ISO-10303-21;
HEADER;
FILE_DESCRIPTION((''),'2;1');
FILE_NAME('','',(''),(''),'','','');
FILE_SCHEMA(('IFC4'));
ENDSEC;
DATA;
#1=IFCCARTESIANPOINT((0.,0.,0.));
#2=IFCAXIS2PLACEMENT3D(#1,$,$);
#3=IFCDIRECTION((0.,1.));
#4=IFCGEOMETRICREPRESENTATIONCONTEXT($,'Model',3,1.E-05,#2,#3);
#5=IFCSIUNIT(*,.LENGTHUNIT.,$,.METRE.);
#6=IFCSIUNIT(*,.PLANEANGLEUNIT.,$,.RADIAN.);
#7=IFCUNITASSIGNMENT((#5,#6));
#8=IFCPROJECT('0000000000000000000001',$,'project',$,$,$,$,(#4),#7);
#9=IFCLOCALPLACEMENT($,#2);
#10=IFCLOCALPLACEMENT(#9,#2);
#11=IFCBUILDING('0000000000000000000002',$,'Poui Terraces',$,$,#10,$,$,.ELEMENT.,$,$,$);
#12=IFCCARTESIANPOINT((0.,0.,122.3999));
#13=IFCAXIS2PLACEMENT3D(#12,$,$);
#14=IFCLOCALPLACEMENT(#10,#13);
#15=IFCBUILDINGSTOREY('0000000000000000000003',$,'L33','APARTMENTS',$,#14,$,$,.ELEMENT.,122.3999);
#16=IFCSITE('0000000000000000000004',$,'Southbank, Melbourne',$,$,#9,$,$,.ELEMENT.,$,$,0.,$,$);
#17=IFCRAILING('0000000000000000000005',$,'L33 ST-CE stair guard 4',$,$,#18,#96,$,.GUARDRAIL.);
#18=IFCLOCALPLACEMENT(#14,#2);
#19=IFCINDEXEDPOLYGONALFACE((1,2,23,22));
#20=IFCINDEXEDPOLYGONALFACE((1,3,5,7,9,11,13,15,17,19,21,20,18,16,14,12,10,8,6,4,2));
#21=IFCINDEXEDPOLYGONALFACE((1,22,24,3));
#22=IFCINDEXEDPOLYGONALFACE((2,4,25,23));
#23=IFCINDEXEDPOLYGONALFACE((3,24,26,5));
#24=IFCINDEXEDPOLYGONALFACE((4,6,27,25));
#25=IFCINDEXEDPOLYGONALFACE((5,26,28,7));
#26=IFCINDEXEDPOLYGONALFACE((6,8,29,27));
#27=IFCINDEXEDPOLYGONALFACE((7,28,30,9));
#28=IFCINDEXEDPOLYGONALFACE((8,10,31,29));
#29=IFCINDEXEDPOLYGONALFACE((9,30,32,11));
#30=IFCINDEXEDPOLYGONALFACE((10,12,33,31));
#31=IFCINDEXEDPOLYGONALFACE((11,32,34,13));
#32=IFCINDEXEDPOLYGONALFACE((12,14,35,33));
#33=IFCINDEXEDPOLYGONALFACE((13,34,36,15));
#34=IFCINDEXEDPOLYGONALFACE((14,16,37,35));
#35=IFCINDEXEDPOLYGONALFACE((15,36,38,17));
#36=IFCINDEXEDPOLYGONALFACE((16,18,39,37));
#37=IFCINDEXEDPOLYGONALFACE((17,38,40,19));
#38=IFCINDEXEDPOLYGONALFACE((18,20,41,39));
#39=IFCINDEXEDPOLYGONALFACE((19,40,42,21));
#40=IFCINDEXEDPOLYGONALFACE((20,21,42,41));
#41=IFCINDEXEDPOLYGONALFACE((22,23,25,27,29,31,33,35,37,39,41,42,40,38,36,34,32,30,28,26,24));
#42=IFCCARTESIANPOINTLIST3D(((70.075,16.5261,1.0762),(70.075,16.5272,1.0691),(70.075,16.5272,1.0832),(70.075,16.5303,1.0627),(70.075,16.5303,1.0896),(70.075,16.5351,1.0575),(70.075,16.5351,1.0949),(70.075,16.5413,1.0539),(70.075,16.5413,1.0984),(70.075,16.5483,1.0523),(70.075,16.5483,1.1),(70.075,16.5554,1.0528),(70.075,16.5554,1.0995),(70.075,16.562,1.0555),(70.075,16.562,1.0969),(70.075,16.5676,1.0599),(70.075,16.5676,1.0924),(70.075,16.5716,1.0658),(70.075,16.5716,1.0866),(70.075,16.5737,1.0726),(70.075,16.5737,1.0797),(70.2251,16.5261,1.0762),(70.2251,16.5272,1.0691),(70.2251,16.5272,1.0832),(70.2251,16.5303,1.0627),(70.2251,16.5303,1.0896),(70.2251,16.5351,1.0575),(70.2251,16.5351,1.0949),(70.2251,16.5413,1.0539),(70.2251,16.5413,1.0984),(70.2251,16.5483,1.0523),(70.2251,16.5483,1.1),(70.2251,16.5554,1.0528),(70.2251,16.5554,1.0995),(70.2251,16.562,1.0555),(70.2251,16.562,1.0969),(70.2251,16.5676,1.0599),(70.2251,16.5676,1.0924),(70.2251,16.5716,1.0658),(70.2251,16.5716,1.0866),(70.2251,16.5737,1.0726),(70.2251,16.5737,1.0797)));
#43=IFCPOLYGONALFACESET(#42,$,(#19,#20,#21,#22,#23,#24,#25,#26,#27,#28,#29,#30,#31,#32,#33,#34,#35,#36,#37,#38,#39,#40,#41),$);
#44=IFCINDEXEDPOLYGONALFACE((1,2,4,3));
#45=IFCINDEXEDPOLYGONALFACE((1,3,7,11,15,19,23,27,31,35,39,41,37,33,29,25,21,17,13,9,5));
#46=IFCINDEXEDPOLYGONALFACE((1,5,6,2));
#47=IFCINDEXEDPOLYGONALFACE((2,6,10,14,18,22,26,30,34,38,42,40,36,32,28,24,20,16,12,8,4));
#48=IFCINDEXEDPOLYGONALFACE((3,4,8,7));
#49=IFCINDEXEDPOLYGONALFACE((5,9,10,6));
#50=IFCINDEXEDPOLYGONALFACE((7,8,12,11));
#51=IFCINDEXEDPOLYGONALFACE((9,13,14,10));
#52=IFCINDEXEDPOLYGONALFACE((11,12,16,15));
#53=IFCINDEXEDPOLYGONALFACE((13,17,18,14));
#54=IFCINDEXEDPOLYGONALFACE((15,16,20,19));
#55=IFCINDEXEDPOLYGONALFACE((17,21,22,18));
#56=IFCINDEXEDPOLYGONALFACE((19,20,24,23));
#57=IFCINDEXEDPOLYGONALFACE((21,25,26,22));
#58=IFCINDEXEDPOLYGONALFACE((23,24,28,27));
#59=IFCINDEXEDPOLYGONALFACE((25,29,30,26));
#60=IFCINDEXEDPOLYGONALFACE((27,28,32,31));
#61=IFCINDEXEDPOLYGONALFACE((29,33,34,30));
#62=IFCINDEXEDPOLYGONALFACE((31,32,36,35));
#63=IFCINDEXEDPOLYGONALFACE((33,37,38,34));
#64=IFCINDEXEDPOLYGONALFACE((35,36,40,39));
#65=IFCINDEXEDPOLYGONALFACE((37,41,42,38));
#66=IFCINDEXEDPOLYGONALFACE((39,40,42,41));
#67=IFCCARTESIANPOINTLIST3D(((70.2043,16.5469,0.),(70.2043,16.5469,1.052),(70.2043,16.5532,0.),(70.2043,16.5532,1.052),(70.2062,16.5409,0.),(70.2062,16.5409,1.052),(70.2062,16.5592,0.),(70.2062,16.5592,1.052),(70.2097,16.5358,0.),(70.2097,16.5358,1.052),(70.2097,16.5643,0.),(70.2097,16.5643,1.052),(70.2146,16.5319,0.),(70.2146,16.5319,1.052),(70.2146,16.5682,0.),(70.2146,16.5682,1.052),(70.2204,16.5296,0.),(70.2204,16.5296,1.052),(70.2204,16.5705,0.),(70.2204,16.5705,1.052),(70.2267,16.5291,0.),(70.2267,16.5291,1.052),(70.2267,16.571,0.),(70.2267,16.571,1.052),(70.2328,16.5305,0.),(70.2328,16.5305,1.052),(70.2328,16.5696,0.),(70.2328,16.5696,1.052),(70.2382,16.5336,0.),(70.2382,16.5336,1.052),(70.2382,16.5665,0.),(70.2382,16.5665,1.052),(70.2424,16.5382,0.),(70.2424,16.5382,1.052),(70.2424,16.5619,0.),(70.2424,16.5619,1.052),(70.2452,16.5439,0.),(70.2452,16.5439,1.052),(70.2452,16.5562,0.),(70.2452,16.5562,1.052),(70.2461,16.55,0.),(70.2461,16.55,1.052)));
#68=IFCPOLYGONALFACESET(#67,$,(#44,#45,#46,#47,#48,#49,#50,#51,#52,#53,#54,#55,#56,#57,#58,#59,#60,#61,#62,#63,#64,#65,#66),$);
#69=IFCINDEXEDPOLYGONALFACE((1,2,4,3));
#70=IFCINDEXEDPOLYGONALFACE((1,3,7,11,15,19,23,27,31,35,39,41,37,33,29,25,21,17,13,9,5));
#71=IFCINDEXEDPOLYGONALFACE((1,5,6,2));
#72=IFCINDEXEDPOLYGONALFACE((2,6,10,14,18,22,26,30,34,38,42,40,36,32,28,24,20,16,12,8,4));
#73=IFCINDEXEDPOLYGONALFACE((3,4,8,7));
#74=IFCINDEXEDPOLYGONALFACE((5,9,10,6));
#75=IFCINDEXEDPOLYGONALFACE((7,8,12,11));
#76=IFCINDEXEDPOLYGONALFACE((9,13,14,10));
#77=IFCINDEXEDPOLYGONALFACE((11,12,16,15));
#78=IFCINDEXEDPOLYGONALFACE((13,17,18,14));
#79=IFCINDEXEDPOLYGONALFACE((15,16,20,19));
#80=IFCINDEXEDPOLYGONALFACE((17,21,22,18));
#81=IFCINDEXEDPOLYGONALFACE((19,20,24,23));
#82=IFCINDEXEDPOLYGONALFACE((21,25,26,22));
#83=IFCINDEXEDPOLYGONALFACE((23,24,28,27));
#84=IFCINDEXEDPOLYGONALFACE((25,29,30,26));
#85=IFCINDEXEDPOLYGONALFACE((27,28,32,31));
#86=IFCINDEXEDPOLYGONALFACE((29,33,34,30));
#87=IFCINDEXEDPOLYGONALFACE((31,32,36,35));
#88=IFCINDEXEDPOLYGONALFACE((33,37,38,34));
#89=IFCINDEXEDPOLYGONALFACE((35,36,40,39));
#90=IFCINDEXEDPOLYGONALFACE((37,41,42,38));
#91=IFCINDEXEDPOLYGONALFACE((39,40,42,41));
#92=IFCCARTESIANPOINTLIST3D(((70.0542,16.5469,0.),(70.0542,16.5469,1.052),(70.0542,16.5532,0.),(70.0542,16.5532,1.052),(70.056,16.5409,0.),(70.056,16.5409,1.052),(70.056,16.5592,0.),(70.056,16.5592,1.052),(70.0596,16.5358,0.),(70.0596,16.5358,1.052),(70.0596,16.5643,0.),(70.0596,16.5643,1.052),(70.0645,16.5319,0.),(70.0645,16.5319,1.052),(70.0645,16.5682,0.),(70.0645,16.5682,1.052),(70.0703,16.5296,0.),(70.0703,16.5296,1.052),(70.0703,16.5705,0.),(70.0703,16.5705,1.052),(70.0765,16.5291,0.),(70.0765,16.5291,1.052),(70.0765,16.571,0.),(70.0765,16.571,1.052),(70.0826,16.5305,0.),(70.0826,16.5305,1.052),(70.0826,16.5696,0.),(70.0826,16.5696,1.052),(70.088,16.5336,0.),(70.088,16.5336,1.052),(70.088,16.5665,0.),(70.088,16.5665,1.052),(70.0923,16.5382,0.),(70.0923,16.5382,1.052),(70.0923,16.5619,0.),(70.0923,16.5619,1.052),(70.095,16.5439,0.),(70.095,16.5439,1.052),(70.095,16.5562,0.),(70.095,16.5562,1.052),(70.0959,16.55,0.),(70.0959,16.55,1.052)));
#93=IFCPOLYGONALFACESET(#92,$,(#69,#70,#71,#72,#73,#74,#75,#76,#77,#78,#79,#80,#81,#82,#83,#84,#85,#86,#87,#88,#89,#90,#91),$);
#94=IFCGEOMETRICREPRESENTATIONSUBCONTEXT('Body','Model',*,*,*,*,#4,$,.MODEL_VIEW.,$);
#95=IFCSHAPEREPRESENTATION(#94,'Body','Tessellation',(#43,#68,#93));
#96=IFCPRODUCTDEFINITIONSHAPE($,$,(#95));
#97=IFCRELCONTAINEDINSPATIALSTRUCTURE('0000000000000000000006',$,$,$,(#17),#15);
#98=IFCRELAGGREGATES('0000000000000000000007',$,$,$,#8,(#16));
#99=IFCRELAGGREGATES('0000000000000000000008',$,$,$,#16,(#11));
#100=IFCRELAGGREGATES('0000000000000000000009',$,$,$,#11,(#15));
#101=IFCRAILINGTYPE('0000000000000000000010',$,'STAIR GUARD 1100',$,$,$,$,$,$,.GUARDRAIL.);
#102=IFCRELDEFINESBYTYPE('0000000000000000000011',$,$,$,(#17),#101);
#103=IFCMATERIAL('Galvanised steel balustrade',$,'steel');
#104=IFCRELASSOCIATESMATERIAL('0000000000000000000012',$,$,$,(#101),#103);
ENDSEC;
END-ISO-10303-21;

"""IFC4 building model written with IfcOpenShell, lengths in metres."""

from ifc_helpers import new_model, si_unit, direction, frame, origin, origin_2d, place, context, subcontext, project, spatial, circle, extrude, material, type_object, element, save


model = new_model("IFC4")

# Units and contexts
model_context = context("Model", 3, precision=1e-05, world=origin(), true_north=direction((0.0, 1.0)))
body_context = subcontext(model_context, "Body", "Model", "MODEL_VIEW")
ifc_project = project(units=[si_unit("LENGTHUNIT", "METRE"), si_unit("PLANEANGLEUNIT", "RADIAN")], contexts=[model_context])

# Site, building, storey
site_placement = place(None, origin())
site = spatial("IfcSite", under=ifc_project, at=site_placement, Name="Southbank, Melbourne", CompositionType="ELEMENT", RefElevation=0.0)
building_placement = place(site_placement, origin())
building = spatial("IfcBuilding", under=site, at=building_placement, Name="Poui Terraces", CompositionType="ELEMENT")
storey_placement = place(building_placement, frame((0.0, 0.0, 122.3999)))
storey = spatial("IfcBuildingStorey", under=building, at=storey_placement, Name="L33", Description="APARTMENTS", CompositionType="ELEMENT", Elevation=122.3999)

# Railing
ifc_material_1 = material(Name="Galvanised steel balustrade", Category="steel")
railing_type_1 = type_object("IfcRailingType", Name="STAIR GUARD 1100", PredefinedType="GUARDRAIL", material=ifc_material_1)
railing_1_placement = place(storey_placement, frame((70.2251, 16.55, 0.0)))
element("IfcRailing", 1, at=railing_1_placement, inside=storey, type_object=railing_type_1, Name="L33 ST-CE stair guard 4", PredefinedType="GUARDRAIL", context=body_context, shape_type="SweptSolid", body=[
    extrude(circle(Radius=0.0239, at=origin_2d()), frame((0.0, 0.0, 1.0762), z_axis=(-1.0, 0.0, 0.0), x_axis=(0.0, -1.0, 0.0)), (0.0, 0.0, 1.0), 0.1501),
    extrude(circle(Radius=0.021, at=origin_2d()), origin(), (0.0, 0.0, 1.0), 1.052),
    extrude(circle(Radius=0.021, at=origin_2d()), frame((-0.1501, 0.0, 0.0)), (0.0, 0.0, 1.0), 1.052),
])

save(model, "model.ifc")
